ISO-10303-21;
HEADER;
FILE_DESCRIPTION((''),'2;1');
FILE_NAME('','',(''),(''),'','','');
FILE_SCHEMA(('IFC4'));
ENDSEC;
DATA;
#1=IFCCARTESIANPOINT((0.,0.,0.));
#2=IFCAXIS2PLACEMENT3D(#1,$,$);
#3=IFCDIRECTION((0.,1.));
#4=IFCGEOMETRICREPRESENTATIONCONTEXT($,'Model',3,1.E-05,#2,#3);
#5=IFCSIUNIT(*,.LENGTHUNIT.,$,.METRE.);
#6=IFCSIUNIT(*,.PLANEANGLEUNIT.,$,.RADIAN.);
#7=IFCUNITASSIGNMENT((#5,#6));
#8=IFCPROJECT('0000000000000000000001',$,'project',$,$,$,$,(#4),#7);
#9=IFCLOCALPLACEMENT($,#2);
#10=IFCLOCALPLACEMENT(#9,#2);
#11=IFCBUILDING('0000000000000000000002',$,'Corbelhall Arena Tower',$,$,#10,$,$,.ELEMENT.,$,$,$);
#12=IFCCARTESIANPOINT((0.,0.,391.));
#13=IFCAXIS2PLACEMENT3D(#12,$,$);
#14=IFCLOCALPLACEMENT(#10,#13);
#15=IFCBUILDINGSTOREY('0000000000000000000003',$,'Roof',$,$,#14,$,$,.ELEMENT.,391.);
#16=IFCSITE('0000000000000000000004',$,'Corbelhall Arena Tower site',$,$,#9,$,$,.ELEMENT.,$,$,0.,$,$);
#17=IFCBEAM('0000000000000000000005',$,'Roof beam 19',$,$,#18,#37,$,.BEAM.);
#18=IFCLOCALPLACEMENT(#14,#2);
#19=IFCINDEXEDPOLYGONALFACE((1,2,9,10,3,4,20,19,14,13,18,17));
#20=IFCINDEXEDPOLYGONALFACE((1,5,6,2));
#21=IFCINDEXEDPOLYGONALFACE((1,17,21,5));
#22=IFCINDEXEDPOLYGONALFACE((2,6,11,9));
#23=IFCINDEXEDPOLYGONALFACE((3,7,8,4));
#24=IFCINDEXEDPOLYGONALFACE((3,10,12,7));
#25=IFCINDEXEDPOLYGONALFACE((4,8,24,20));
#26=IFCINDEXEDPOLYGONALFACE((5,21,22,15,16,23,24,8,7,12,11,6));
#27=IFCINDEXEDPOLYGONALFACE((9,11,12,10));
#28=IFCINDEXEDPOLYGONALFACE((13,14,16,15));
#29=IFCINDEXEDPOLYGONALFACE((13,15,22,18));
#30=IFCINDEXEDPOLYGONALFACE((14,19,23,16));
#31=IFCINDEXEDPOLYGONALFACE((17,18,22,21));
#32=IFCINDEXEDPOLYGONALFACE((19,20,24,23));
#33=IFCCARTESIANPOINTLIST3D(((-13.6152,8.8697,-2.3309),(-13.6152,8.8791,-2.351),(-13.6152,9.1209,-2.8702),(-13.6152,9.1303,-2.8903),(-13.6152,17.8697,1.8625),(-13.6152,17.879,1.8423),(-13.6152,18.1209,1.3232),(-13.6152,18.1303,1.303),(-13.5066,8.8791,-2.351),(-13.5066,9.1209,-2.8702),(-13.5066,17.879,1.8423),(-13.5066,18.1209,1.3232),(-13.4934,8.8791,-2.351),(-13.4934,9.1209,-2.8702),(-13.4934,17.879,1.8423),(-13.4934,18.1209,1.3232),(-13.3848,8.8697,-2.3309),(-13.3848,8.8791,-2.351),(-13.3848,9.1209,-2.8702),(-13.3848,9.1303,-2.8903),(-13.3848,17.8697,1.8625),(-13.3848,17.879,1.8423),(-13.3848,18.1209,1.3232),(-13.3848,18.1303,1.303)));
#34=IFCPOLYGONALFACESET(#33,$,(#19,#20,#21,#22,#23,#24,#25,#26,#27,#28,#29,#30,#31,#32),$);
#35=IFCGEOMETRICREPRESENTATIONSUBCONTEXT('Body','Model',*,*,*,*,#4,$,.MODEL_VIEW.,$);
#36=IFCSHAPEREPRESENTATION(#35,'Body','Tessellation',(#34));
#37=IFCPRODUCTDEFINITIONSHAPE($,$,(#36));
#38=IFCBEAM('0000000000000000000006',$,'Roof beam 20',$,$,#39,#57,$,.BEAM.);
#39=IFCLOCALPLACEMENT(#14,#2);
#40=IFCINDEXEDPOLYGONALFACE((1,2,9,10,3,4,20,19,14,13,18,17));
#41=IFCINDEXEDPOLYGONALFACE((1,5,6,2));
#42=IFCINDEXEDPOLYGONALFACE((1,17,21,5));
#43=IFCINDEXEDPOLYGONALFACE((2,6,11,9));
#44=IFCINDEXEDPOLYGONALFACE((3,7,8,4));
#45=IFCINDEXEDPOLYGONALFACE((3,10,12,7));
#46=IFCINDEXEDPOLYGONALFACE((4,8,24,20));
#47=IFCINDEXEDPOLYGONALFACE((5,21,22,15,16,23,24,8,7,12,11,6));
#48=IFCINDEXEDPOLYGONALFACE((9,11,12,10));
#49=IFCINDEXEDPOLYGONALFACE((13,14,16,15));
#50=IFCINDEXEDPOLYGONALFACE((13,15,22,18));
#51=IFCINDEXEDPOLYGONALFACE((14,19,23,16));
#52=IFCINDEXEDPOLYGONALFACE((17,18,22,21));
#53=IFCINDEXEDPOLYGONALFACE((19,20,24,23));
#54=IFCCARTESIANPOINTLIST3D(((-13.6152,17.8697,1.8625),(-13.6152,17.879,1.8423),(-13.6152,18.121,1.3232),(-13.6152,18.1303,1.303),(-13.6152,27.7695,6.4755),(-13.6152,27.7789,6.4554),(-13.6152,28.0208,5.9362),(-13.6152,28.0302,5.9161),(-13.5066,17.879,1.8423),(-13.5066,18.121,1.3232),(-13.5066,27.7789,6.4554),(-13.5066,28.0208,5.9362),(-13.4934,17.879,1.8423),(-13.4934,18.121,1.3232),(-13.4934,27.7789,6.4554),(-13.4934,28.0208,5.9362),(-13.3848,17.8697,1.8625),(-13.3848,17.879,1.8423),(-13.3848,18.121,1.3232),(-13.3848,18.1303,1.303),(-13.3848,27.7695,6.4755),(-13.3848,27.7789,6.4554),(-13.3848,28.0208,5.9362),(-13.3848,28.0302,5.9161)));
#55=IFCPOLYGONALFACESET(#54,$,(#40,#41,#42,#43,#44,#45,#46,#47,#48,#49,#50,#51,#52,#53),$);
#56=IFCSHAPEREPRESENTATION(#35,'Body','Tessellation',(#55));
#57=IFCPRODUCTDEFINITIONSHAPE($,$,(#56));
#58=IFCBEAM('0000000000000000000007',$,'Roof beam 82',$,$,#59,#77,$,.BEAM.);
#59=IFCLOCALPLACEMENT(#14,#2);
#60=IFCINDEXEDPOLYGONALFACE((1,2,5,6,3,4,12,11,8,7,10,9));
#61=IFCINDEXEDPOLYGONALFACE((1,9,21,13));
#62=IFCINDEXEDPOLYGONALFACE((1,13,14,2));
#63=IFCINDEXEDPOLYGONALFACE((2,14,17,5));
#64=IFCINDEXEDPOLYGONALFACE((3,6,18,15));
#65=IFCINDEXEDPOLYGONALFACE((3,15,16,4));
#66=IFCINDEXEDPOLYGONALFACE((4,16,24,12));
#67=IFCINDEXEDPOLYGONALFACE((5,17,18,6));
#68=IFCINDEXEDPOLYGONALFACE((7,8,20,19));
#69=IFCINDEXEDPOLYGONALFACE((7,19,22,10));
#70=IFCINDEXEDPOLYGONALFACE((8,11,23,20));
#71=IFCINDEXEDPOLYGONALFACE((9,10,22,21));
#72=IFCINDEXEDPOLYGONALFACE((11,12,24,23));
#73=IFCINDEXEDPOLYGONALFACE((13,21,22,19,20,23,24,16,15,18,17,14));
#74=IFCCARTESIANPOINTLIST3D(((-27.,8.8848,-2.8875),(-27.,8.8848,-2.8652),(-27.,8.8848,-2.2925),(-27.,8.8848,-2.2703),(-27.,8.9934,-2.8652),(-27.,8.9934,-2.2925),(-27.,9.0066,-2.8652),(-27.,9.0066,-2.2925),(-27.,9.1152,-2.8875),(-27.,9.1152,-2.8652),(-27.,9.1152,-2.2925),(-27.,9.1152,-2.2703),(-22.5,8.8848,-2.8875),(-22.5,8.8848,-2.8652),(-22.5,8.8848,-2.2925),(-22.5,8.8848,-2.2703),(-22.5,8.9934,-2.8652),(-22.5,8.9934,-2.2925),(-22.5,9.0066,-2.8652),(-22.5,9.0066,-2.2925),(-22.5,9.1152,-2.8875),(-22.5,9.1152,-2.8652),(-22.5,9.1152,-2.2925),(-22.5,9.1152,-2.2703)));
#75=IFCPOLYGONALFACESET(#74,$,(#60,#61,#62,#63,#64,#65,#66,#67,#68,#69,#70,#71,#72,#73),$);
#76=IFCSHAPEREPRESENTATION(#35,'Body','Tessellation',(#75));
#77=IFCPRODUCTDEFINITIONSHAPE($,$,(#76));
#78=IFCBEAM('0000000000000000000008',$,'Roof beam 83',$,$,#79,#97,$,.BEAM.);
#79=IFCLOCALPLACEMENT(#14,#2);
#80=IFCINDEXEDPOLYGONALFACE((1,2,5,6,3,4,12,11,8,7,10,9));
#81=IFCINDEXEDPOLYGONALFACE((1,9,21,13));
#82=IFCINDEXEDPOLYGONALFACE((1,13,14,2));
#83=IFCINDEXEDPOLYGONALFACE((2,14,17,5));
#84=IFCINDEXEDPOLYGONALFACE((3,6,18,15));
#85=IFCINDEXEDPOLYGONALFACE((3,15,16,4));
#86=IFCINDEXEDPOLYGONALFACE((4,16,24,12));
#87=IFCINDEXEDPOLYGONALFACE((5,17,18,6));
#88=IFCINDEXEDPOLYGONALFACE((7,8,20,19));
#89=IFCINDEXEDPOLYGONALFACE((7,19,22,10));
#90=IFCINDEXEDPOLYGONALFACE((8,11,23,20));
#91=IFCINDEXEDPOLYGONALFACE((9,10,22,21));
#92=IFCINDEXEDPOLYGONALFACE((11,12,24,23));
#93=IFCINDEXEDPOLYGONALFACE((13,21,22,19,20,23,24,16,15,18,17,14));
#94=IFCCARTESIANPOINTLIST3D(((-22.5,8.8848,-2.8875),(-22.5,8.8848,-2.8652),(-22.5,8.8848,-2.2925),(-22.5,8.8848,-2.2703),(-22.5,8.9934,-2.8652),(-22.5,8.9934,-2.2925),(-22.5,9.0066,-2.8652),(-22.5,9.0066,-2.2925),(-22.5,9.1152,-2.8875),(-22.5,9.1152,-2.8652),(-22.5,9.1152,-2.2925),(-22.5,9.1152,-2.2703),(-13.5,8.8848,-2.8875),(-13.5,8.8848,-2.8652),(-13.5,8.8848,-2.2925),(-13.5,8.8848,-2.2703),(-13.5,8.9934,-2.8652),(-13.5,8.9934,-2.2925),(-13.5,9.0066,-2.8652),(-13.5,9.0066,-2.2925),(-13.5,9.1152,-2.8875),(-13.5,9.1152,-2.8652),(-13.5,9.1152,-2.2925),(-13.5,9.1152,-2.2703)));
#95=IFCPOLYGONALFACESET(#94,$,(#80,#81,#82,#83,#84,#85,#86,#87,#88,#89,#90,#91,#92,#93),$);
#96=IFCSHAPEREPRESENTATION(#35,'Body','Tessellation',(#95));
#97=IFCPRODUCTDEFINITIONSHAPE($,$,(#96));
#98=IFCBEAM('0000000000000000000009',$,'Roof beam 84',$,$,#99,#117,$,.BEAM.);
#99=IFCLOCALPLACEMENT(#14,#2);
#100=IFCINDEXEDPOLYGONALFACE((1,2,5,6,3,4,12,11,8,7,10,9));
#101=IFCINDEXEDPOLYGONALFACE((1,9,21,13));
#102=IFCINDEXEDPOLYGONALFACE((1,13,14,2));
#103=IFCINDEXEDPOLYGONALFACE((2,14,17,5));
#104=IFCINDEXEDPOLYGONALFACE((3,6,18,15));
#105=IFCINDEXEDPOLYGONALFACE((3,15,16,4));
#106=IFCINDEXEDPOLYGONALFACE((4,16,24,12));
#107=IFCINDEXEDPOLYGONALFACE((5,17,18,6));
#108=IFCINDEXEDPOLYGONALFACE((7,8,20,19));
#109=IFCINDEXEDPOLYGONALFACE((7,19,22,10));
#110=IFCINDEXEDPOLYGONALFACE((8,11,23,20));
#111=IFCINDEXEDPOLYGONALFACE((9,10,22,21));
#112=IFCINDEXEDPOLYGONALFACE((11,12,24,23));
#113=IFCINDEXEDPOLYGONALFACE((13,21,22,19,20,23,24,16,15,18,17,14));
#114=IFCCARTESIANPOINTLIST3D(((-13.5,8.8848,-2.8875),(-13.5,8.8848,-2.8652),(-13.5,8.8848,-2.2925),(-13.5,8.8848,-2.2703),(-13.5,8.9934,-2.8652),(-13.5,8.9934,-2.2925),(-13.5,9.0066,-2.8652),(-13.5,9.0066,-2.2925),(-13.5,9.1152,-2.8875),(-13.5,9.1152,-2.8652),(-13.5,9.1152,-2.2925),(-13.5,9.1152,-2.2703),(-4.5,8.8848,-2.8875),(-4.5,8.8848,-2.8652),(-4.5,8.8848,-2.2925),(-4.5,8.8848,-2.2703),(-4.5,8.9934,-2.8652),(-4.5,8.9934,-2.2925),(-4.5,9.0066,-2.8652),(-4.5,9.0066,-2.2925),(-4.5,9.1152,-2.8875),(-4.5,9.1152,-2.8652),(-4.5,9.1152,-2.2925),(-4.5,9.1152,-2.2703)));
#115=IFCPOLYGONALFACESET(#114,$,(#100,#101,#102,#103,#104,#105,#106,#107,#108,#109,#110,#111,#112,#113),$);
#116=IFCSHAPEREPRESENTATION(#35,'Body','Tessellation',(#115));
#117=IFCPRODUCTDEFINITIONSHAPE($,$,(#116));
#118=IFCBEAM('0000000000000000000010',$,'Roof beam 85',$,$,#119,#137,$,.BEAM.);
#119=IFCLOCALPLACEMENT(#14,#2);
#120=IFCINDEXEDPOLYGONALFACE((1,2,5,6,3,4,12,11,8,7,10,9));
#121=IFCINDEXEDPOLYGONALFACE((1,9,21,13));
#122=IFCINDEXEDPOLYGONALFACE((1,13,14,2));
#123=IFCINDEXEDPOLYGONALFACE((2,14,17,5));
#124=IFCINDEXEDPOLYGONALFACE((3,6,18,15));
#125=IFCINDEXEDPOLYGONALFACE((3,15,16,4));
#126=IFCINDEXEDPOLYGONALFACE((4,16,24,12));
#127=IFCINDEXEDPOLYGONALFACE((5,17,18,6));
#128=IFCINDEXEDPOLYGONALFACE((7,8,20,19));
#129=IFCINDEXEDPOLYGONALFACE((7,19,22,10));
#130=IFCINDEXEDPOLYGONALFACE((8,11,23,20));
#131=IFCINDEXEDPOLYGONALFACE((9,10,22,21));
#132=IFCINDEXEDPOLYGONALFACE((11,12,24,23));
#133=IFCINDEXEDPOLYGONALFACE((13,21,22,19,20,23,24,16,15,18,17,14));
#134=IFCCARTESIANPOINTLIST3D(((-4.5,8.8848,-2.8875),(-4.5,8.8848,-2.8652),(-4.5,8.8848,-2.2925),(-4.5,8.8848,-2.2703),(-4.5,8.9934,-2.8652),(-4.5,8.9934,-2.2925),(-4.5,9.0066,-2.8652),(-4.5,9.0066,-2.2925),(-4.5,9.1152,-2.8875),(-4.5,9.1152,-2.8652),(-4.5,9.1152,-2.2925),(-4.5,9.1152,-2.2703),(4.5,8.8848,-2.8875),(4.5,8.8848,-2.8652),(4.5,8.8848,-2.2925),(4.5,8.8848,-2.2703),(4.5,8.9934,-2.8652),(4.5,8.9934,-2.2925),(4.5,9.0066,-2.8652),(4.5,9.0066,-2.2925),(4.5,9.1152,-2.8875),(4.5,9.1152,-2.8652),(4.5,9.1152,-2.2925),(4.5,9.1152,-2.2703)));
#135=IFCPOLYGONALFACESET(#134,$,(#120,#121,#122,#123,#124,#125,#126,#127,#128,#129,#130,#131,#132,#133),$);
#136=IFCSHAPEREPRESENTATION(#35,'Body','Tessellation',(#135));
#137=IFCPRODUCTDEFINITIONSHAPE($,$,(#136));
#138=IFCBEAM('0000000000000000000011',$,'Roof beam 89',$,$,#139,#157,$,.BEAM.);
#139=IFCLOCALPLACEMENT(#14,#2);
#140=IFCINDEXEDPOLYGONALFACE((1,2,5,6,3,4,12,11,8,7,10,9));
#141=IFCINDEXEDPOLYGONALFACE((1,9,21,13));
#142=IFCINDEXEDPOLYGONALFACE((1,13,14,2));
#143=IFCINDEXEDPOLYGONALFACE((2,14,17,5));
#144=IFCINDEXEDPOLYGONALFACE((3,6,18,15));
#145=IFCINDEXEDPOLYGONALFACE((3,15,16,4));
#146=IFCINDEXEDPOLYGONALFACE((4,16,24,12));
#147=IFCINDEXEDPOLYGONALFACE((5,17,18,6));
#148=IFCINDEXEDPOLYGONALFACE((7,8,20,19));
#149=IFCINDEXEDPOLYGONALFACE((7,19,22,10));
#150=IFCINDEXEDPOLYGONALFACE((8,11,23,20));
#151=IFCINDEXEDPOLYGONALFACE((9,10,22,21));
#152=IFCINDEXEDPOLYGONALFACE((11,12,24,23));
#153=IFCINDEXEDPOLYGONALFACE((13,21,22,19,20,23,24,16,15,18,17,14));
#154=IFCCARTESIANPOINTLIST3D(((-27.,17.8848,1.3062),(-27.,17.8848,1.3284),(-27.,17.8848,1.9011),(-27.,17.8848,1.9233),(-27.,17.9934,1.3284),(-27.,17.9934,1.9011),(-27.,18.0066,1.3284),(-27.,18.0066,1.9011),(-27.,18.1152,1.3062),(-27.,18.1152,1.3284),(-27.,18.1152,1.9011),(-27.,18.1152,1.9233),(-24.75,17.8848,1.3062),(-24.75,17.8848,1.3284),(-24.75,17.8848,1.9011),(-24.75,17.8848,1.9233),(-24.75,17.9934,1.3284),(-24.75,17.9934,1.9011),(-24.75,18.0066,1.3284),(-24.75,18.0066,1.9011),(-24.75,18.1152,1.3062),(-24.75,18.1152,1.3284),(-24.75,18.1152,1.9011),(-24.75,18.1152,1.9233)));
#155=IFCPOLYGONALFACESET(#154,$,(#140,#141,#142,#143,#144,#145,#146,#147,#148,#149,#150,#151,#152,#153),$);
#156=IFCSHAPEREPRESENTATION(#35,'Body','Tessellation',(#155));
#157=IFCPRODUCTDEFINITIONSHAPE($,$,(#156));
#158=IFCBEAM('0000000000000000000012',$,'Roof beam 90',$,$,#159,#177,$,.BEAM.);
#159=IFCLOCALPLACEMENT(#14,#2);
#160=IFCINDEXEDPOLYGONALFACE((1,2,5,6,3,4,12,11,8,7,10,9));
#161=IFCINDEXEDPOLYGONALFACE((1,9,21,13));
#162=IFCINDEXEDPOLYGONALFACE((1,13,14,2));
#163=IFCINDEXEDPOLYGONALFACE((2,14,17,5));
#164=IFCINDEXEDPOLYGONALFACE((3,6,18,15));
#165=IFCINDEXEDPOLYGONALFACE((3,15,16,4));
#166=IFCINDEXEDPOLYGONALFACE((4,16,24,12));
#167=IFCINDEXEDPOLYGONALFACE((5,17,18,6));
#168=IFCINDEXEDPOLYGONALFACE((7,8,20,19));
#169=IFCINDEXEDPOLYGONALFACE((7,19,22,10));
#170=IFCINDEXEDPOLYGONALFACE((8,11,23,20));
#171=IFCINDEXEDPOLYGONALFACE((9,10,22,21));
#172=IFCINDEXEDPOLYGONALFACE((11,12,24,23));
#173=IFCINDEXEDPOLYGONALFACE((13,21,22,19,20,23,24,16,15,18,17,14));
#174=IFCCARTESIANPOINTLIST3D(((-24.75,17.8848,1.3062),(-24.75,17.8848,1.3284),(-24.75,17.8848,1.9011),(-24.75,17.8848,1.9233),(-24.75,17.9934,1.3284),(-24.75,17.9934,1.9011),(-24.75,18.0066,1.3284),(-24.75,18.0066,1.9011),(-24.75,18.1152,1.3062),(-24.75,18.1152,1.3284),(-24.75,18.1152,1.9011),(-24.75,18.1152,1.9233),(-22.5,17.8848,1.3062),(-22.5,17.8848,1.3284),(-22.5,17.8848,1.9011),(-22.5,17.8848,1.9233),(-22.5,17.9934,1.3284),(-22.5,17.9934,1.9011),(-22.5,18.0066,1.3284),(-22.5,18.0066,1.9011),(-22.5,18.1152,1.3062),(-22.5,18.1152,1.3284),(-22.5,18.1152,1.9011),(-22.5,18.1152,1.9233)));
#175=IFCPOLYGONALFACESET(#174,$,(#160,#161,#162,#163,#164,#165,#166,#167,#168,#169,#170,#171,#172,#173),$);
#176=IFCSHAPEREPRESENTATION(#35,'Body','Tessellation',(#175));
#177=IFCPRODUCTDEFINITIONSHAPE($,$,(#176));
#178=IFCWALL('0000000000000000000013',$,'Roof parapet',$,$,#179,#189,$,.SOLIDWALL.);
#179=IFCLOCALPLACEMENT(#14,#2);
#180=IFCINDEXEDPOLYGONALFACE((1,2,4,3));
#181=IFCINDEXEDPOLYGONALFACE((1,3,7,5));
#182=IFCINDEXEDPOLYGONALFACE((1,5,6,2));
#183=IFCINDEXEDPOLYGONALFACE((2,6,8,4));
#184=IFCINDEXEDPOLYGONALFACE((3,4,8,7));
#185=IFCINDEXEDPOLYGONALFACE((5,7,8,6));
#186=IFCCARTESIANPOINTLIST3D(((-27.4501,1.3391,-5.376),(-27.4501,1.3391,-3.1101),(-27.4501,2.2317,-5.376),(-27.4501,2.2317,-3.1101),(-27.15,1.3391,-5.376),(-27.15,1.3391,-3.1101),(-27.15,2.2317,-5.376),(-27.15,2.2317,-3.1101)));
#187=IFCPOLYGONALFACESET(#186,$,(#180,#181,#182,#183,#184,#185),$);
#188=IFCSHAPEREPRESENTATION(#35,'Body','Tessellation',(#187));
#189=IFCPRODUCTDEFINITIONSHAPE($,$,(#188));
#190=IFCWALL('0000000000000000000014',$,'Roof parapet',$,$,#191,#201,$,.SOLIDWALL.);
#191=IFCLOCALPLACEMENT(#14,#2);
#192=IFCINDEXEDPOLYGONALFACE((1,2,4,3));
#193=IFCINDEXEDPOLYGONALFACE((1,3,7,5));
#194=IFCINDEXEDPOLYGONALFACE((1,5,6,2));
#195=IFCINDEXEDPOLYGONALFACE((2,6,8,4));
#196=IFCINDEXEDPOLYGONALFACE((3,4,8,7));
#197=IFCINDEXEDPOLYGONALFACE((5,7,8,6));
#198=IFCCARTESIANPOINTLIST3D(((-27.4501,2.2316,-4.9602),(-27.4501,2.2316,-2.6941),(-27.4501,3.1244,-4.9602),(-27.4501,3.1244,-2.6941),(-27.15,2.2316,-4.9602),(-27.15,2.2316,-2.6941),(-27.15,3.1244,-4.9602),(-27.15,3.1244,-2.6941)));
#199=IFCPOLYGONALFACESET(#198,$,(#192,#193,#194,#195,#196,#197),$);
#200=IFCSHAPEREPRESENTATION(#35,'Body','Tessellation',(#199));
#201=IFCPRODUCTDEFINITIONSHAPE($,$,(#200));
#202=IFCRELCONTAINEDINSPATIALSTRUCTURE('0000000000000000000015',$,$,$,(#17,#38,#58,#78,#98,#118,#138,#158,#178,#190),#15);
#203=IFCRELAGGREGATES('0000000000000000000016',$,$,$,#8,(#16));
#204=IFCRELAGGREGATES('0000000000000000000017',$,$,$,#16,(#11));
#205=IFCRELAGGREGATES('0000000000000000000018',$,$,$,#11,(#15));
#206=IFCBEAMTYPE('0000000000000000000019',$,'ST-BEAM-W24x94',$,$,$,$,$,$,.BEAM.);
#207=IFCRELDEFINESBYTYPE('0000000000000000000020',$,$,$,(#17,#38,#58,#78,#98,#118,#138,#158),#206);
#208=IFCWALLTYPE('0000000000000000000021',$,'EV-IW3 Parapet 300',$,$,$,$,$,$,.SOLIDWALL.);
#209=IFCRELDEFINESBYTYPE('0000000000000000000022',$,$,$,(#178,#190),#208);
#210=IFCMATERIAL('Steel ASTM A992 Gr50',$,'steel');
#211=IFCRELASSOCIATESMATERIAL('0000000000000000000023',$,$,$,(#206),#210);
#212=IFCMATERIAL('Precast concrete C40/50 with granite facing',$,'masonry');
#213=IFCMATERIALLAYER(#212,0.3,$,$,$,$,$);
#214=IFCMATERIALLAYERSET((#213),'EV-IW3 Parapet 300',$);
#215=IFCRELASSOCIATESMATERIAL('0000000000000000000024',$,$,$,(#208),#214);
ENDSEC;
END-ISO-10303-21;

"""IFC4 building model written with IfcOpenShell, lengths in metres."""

from ifc_helpers import new_model, si_unit, direction, frame, frame_2d, origin, origin_2d, place, context, subcontext, project, spatial, rectangle, i_section, extrude, material, layer, layer_set, material_profile, profile_set, type_object, element, save


model = new_model("IFC4")

# Units and contexts
model_context = context("Model", 3, precision=1e-05, world=origin(), true_north=direction((0.0, 1.0)))
body_context = subcontext(model_context, "Body", "Model", "MODEL_VIEW")
ifc_project = project(units=[si_unit("LENGTHUNIT", "METRE"), si_unit("PLANEANGLEUNIT", "RADIAN")], contexts=[model_context])

# Site, building, storey
site_placement = place(None, origin())
site = spatial("IfcSite", under=ifc_project, at=site_placement, Name="Corbelhall Arena Tower site", CompositionType="ELEMENT", RefElevation=0.0)
building_placement = place(site_placement, origin())
building = spatial("IfcBuilding", under=site, at=building_placement, Name="Corbelhall Arena Tower", CompositionType="ELEMENT")
storey_placement = place(building_placement, frame((0.0, 0.0, 391.0)))
storey = spatial("IfcBuildingStorey", under=building, at=storey_placement, Name="Roof", CompositionType="ELEMENT", Elevation=391.0)

# Beams
ifc_material_1 = material(Name="Steel ASTM A992 Gr50", Category="steel")
ifc_material_profile_1 = material_profile(ifc_material_1, i_section(OverallWidth=0.2305, OverallDepth=0.6172, WebThickness=0.0132, FlangeThickness=0.0222, at=origin_2d()))
ifc_profile_set_1 = profile_set([ifc_material_profile_1], Name="Steel ASTM A992 Gr50")
beam_type = type_object("IfcBeamType", Name="ST-BEAM-W24x94", PredefinedType="BEAM", material=ifc_profile_set_1)
beam_1_placement = place(storey_placement, frame((-13.5, 9.0, -2.6106), z_axis=(0.0, 0.906439, 0.422336), x_axis=(-1.0, 0.0, 0.0)))
element("IfcBeam", 1, at=beam_1_placement, inside=storey, type_object=beam_type, Name="Roof beam 19", PredefinedType="BEAM", context=body_context, shape_type="SweptSolid", body=[
    extrude(i_section(OverallWidth=0.2305, OverallDepth=0.6172, WebThickness=0.0132, FlangeThickness=0.0222, at=origin_2d()), origin(), (0.0, 0.0, 1.0), 9.929),
])
beam_2_placement = place(storey_placement, frame((-13.5, 18.0, 1.5828), z_axis=(0.0, 0.906426, 0.422365), x_axis=(-1.0, 0.0, 0.0)))
element("IfcBeam", 2, at=beam_2_placement, inside=storey, type_object=beam_type, Name="Roof beam 20", PredefinedType="BEAM", context=body_context, shape_type="SweptSolid", body=[
    extrude(i_section(OverallWidth=0.2305, OverallDepth=0.6172, WebThickness=0.0132, FlangeThickness=0.0222, at=origin_2d()), origin(), (0.0, 0.0, 1.0), 10.9219),
])
beam_3_placement = place(storey_placement, frame((-27.0, 9.0, -2.5789), z_axis=(1.0, 0.0, 0.0), x_axis=(0.0, 1.0, 0.0)))
element("IfcBeam", 3, at=beam_3_placement, inside=storey, type_object=beam_type, Name="Roof beam 82", PredefinedType="BEAM", context=body_context, shape_type="SweptSolid", body=[
    extrude(i_section(OverallWidth=0.2305, OverallDepth=0.6172, WebThickness=0.0132, FlangeThickness=0.0222, at=origin_2d()), origin(), (0.0, 0.0, 1.0), 4.5),
])
for number, where, z_axis, x_axis, name in (
    (4, (-22.5, 9.0, -2.5789), (1.0, 0.0, 0.0), (0.0, 1.0, 0.0), "Roof beam 83"),
    (5, (-13.5, 9.0, -2.5789), (1.0, 0.0, 0.0), (0.0, 1.0, 0.0), "Roof beam 84"),
    (6, (-4.5, 9.0, -2.5789), (1.0, 0.0, 0.0), (0.0, 1.0, 0.0), "Roof beam 85"),
):
    element("IfcBeam", number, at=place(storey_placement, frame(where, z_axis=z_axis, x_axis=x_axis)), inside=storey, type_object=beam_type, Name=name, PredefinedType="BEAM", context=body_context, shape_type="SweptSolid", body=[
        extrude(i_section(OverallWidth=0.2305, OverallDepth=0.6172, WebThickness=0.0132, FlangeThickness=0.0222, at=origin_2d()), origin(), (0.0, 0.0, 1.0), 9.0),
    ])
for number, where, z_axis, x_axis, name in (
    (7, (-27.0, 18.0, 1.6147), (1.0, 0.0, 0.0), (0.0, 1.0, 0.0), "Roof beam 89"),
    (8, (-24.75, 18.0, 1.6147), (1.0, 0.0, 0.0), (0.0, 1.0, 0.0), "Roof beam 90"),
):
    element("IfcBeam", number, at=place(storey_placement, frame(where, z_axis=z_axis, x_axis=x_axis)), inside=storey, type_object=beam_type, Name=name, PredefinedType="BEAM", context=body_context, shape_type="SweptSolid", body=[
        extrude(i_section(OverallWidth=0.2305, OverallDepth=0.6172, WebThickness=0.0132, FlangeThickness=0.0222, at=origin_2d()), origin(), (0.0, 0.0, 1.0), 2.25),
    ])

# Walls
ifc_material_2 = material(Name="Precast concrete C40/50 with granite facing", Category="masonry")
ifc_layer = layer(ifc_material_2, 0.3)
ifc_layer_set = layer_set([ifc_layer], Name="EV-IW3 Parapet 300")
wall_type = type_object("IfcWallType", Name="EV-IW3 Parapet 300", PredefinedType="SOLIDWALL", material=ifc_layer_set)
wall_1_placement = place(storey_placement, frame((-27.3, 1.3391, -5.376), z_axis=(0.0, 0.0, 1.0), x_axis=(0.0, 1.0, 0.0)))
element("IfcWall", 9, at=wall_1_placement, inside=storey, type_object=wall_type, Name="Roof parapet", PredefinedType="SOLIDWALL", context=body_context, shape_type="SweptSolid", body=[
    extrude(rectangle(XDim=0.8926, YDim=0.3, at=frame_2d((0.4463, 0.0))), origin(), (0.0, 0.0, 1.0), 2.2659),
])
wall_2_placement = place(storey_placement, frame((-27.3, 2.2317, -4.9602), z_axis=(0.0, 0.0, 1.0), x_axis=(0.0, 1.0, 0.0)))
element("IfcWall", 10, at=wall_2_placement, inside=storey, type_object=wall_type, Name="Roof parapet", PredefinedType="SOLIDWALL", context=body_context, shape_type="SweptSolid", body=[
    extrude(rectangle(XDim=0.8928, YDim=0.3, at=frame_2d((0.4463, 0.0))), origin(), (0.0, 0.0, 1.0), 2.2661),
])

save(model, "model.ifc")
